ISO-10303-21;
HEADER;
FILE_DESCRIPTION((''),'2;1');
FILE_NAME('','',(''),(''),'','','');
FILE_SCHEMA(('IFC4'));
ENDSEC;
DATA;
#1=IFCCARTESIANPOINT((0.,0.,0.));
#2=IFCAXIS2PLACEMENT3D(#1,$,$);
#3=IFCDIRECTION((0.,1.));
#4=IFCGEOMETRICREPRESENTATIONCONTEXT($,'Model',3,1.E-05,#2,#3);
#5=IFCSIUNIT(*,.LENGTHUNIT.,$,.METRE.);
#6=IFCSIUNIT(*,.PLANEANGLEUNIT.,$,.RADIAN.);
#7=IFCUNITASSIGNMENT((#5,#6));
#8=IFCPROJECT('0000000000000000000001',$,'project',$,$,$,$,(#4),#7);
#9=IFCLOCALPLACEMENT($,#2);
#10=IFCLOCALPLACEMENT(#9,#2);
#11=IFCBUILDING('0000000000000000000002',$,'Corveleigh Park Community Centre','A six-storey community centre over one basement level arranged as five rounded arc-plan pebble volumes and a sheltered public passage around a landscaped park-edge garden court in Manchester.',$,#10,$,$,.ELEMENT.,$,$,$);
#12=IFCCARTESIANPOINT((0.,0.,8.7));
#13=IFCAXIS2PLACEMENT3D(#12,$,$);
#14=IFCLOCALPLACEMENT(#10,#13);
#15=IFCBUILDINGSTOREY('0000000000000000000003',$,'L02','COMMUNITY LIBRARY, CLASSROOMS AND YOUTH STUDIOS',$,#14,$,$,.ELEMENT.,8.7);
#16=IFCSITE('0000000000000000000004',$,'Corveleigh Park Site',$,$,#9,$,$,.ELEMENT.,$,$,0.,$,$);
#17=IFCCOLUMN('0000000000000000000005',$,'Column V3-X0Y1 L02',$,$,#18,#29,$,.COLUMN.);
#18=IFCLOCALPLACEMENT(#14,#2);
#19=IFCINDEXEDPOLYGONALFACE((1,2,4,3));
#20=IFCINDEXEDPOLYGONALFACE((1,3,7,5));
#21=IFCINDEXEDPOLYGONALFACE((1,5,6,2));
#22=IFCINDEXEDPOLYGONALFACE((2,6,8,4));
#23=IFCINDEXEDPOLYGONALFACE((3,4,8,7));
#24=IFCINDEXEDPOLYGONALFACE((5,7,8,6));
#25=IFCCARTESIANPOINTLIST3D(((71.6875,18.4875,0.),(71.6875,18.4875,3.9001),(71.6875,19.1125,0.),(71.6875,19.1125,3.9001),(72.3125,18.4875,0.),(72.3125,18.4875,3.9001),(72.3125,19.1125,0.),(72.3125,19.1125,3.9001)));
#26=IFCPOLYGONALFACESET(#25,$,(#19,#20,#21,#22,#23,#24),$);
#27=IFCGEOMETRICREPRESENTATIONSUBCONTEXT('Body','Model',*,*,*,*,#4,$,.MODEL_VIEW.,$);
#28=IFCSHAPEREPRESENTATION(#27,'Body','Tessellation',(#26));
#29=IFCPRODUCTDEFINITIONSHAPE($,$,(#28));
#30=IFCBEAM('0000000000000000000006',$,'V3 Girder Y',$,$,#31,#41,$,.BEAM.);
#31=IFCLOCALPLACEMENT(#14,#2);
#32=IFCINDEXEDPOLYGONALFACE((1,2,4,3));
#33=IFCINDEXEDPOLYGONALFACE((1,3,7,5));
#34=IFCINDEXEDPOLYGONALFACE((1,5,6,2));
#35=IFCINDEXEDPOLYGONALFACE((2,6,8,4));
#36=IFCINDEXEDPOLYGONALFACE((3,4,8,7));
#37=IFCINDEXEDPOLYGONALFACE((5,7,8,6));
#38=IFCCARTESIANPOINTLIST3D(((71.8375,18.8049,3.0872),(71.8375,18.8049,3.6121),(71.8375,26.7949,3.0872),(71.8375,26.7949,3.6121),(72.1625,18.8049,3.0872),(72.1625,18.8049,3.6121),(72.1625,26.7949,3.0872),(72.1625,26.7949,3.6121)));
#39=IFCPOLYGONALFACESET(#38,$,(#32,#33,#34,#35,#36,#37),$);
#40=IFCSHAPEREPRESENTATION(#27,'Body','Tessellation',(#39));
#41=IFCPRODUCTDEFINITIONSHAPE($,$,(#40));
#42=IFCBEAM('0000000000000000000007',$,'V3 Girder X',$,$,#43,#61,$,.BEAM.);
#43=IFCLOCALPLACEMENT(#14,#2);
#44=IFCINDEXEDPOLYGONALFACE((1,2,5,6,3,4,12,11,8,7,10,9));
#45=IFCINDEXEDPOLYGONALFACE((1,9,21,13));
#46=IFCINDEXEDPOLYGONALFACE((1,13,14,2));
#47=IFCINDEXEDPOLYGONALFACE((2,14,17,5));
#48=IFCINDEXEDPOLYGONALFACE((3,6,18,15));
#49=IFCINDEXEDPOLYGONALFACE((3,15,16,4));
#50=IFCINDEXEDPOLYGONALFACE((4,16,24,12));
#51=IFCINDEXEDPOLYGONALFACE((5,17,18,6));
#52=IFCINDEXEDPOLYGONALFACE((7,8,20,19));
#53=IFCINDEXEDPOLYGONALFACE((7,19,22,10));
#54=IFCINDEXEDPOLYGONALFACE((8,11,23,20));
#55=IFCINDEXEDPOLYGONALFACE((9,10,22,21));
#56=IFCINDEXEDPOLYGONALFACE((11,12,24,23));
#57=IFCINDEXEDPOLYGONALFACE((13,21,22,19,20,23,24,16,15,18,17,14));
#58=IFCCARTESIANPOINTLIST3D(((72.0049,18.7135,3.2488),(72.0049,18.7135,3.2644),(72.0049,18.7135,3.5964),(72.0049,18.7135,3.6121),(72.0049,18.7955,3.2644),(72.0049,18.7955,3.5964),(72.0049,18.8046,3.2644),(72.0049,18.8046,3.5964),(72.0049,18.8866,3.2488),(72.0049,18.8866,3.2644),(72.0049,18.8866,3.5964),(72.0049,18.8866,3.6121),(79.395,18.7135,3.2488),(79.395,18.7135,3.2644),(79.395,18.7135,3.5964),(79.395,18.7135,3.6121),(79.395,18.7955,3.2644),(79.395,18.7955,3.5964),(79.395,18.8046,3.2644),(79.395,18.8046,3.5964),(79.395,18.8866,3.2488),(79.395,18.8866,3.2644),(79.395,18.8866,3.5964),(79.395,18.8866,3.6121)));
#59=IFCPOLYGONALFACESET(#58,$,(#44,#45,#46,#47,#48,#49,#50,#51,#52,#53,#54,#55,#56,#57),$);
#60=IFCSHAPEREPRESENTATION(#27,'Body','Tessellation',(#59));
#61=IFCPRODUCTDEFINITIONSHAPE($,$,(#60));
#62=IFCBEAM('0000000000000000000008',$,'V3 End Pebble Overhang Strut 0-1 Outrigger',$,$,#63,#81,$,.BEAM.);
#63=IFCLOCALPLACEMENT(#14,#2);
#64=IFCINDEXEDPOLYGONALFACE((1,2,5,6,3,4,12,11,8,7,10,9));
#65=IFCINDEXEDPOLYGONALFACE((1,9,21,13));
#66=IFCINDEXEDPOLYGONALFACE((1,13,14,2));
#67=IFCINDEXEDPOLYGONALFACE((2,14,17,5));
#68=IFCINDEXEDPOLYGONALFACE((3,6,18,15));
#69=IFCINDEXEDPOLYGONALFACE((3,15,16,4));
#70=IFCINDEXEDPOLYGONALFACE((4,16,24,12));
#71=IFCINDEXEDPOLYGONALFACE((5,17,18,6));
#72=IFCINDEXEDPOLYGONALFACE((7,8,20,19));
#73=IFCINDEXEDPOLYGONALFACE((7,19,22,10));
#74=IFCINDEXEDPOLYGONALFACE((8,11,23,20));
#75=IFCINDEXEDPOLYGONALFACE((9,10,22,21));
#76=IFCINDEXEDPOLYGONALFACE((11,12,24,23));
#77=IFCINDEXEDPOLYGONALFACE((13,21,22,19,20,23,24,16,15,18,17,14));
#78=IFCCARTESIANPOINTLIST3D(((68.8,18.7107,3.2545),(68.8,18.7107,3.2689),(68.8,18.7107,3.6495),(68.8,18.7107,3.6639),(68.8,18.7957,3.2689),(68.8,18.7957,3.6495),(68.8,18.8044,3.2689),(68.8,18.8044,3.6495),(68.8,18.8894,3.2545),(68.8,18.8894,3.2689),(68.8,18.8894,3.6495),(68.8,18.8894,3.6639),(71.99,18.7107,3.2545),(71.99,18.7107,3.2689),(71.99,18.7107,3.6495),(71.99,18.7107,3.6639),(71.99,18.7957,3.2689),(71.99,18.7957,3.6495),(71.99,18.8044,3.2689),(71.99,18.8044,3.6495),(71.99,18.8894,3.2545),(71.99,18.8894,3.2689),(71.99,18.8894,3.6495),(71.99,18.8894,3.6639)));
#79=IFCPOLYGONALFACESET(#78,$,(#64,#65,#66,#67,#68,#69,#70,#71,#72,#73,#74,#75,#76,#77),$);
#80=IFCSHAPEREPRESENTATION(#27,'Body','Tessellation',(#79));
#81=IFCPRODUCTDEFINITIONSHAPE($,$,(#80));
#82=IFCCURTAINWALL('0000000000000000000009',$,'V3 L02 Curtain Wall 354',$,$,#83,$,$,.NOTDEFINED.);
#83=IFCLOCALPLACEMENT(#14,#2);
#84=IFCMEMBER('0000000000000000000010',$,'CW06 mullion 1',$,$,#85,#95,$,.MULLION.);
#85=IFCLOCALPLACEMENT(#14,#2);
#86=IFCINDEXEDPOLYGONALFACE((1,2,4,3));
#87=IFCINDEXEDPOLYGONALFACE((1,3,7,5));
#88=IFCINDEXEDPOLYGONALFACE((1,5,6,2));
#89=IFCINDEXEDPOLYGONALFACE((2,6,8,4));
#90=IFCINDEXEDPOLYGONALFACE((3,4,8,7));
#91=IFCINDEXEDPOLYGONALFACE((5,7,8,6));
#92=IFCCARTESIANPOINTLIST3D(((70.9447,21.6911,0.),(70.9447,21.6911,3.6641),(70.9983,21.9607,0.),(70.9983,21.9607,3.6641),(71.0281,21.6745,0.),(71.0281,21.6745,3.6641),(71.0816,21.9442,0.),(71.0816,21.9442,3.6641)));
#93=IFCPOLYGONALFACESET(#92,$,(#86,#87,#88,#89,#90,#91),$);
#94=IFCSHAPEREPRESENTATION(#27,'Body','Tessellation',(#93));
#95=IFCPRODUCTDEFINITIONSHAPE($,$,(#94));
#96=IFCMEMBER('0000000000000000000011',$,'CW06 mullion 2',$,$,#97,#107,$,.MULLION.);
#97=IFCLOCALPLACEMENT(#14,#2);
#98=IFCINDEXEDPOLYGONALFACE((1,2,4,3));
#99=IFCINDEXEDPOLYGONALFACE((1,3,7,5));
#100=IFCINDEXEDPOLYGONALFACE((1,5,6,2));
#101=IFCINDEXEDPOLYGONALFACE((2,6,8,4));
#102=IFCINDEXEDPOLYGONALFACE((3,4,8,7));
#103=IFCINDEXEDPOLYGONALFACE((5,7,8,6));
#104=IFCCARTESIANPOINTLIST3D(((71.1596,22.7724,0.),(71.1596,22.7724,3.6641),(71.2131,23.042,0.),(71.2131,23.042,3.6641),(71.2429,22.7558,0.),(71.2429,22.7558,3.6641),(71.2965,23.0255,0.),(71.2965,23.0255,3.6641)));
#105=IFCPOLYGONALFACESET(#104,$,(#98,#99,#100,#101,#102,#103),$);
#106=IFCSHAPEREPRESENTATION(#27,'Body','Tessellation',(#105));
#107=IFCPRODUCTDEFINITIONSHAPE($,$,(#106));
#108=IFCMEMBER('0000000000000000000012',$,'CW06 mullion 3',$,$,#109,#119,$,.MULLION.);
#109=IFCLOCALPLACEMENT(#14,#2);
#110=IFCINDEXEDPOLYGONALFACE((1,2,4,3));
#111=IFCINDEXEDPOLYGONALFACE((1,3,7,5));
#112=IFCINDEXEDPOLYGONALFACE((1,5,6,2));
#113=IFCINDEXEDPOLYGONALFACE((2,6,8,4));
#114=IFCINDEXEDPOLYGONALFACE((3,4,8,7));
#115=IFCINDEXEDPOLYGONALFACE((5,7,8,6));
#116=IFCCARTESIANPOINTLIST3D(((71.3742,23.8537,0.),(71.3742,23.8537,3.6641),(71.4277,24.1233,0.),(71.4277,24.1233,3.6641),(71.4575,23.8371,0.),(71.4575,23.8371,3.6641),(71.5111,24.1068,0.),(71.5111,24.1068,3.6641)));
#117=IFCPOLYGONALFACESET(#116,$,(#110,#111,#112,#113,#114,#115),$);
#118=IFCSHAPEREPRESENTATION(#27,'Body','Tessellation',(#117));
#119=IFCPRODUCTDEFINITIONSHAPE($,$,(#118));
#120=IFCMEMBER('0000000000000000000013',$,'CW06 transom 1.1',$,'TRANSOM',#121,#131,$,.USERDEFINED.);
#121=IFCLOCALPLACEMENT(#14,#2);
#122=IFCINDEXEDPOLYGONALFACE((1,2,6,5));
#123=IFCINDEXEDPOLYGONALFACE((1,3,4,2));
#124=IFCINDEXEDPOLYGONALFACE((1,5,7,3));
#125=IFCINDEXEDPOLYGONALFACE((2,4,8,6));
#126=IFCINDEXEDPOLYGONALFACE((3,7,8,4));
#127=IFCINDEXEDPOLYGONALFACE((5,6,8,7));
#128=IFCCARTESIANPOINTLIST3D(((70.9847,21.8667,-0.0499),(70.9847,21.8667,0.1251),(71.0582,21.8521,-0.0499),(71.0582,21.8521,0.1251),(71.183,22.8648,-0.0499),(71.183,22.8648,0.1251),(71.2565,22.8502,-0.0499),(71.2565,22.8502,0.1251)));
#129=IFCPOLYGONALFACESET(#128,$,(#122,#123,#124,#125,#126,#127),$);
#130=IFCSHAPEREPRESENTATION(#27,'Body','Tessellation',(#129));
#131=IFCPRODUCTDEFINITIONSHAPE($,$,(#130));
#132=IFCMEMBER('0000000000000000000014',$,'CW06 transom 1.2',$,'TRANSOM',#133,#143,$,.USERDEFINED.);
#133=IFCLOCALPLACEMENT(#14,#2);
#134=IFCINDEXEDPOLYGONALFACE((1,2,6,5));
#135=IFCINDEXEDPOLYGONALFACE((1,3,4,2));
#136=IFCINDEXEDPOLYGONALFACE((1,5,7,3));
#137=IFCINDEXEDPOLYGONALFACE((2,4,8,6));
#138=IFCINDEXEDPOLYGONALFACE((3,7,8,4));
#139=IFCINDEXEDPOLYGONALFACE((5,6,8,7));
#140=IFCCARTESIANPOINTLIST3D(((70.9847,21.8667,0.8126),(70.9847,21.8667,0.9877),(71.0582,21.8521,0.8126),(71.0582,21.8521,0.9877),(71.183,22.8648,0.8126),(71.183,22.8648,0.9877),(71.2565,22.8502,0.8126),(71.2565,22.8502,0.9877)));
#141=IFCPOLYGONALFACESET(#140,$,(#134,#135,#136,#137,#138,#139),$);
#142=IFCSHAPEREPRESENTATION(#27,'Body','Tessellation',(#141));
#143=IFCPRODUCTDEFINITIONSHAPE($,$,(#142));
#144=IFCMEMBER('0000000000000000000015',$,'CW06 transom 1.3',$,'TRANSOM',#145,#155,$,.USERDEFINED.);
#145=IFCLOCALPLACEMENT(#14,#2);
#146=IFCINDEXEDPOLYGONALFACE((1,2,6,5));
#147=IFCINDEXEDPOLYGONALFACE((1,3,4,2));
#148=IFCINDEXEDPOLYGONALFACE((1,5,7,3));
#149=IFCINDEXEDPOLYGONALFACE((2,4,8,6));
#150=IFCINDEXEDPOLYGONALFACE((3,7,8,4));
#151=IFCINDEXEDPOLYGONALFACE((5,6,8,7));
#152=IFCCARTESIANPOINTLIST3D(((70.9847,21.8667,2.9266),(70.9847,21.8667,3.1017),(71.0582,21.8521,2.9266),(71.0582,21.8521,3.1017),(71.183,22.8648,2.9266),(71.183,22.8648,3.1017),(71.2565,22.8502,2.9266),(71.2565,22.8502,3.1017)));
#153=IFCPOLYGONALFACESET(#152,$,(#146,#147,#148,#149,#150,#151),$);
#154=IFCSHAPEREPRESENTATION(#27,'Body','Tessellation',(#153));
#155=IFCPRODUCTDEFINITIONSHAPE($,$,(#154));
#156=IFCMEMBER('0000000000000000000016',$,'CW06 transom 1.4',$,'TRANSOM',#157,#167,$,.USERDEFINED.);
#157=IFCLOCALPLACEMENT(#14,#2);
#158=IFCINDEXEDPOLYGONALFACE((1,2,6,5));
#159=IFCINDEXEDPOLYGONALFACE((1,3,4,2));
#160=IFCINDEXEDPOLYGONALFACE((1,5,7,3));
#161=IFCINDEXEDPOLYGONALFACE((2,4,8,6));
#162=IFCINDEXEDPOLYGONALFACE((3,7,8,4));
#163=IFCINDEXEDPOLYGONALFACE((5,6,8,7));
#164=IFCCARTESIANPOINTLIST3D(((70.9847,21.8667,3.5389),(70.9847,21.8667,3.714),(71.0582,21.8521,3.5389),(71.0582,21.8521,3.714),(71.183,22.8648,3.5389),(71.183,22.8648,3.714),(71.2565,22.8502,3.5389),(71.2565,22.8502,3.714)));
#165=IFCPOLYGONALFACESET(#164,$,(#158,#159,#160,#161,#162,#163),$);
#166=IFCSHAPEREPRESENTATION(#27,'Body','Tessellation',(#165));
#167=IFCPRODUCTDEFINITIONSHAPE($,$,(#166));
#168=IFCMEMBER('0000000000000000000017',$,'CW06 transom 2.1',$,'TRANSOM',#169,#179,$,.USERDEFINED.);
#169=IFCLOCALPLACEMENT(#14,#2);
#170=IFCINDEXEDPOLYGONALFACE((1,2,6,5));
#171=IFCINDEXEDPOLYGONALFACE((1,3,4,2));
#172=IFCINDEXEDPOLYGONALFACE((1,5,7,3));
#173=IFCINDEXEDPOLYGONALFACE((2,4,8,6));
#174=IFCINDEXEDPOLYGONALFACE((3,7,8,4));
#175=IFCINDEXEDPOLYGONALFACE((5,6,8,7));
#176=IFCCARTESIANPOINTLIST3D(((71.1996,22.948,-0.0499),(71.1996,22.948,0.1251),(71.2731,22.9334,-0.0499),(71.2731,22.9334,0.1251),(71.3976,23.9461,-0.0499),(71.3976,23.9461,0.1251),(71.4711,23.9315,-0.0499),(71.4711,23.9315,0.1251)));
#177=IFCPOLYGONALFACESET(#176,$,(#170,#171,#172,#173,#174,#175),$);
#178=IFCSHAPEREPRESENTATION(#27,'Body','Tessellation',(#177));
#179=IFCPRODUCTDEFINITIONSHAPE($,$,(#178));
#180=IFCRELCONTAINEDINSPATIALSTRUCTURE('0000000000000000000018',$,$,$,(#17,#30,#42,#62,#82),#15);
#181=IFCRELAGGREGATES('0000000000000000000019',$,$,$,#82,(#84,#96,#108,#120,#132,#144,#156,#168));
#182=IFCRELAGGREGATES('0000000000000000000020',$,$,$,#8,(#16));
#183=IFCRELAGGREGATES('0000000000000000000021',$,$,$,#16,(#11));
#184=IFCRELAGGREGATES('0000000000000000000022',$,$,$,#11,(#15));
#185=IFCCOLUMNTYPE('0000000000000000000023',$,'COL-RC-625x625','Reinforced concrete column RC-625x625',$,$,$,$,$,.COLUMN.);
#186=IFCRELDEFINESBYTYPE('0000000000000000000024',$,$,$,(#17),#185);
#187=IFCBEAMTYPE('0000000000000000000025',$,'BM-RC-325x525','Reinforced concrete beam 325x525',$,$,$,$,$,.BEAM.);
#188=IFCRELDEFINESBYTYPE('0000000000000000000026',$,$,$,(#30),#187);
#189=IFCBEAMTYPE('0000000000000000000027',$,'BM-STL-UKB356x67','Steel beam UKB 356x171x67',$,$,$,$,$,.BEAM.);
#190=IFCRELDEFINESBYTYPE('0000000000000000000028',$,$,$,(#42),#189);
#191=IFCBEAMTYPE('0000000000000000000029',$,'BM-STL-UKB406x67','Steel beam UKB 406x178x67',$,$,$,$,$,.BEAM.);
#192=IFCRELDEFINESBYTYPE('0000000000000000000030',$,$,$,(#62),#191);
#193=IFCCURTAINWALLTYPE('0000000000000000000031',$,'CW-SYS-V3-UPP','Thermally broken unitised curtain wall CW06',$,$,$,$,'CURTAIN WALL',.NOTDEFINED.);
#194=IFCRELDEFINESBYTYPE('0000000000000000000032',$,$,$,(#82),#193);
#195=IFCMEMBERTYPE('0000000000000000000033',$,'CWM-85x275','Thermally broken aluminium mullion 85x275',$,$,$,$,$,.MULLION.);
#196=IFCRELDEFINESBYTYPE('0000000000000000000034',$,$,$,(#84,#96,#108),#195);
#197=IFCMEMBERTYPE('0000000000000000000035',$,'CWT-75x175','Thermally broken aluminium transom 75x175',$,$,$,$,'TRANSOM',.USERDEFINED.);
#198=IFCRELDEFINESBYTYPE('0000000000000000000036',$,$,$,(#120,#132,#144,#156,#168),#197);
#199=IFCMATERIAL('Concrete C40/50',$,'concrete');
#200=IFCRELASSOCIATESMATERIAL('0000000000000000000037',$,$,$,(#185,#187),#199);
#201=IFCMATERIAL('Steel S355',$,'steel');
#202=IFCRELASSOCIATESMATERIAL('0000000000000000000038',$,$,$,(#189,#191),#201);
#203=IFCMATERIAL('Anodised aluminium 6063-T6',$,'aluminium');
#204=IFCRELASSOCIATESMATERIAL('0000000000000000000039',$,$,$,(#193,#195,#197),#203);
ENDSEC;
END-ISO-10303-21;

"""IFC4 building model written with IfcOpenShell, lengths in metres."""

from ifc_helpers import new_model, si_unit, direction, frame, origin, origin_2d, place, context, subcontext, project, spatial, rectangle, i_section, extrude, material, material_profile, profile_set, type_object, element, aggregate, save


model = new_model("IFC4")

# Units and contexts
model_context = context("Model", 3, precision=1e-05, world=origin(), true_north=direction((0.0, 1.0)))
body_context = subcontext(model_context, "Body", "Model", "MODEL_VIEW")
ifc_project = project(units=[si_unit("LENGTHUNIT", "METRE"), si_unit("PLANEANGLEUNIT", "RADIAN")], contexts=[model_context])

# Site, building, storey
site_placement = place(None, origin())
site = spatial("IfcSite", under=ifc_project, at=site_placement, Name="Corveleigh Park Site", CompositionType="ELEMENT", RefElevation=0.0)
building_placement = place(site_placement, origin())
building = spatial("IfcBuilding", under=site, at=building_placement, Name="Corveleigh Park Community Centre", Description="A six-storey community centre over one basement level arranged as five rounded arc-plan pebble volumes and a sheltered public passage around a landscaped park-edge garden court in Manchester.", CompositionType="ELEMENT")
storey_placement = place(building_placement, frame((0.0, 0.0, 8.7)))
storey = spatial("IfcBuildingStorey", under=building, at=storey_placement, Name="L02", Description="COMMUNITY LIBRARY, CLASSROOMS AND YOUTH STUDIOS", CompositionType="ELEMENT", Elevation=8.7)

# Column
ifc_material_1 = material(Name="Concrete C40/50", Category="concrete")
ifc_material_profile_1 = material_profile(ifc_material_1, rectangle(XDim=0.625, YDim=0.625, at=origin_2d()), Name="RC-625x625", Category="concrete")
ifc_profile_set_1 = profile_set([ifc_material_profile_1], Name="Concrete C40/50")
column_type = type_object("IfcColumnType", Name="COL-RC-625x625", Description="Reinforced concrete column RC-625x625", PredefinedType="COLUMN", material=ifc_profile_set_1)
column_placement = place(storey_placement, frame((72.0, 18.8, 0.0), z_axis=(0.0, 0.0, 1.0), x_axis=(1.0, 0.0, 0.0)))
element("IfcColumn", 1, at=column_placement, inside=storey, type_object=column_type, Name="Column V3-X0Y1 L02", PredefinedType="COLUMN", context=body_context, shape_type="SweptSolid", body=[
    extrude(rectangle(XDim=0.625, YDim=0.625, at=origin_2d()), origin(), (0.0, 0.0, 1.0), 3.9001),
])

# Beams
ifc_material_profile_2 = material_profile(ifc_material_1, rectangle(XDim=0.325, YDim=0.5249, at=origin_2d()), Name="RC-325x525", Category="concrete")
ifc_profile_set_2 = profile_set([ifc_material_profile_2], Name="Concrete C40/50")
beam_type_1 = type_object("IfcBeamType", Name="BM-RC-325x525", Description="Reinforced concrete beam 325x525", PredefinedType="BEAM", material=ifc_profile_set_2)
beam_1_placement = place(storey_placement, frame((72.0, 18.8049, 3.3496), z_axis=(0.0, 1.0, 0.0), x_axis=(-1.0, 0.0, 0.0)))
element("IfcBeam", 2, at=beam_1_placement, inside=storey, type_object=beam_type_1, Name="V3 Girder Y", PredefinedType="BEAM", context=body_context, shape_type="SweptSolid", body=[
    extrude(rectangle(XDim=0.325, YDim=0.5249, at=origin_2d()), origin(), (0.0, 0.0, 1.0), 7.99),
])
ifc_material_2 = material(Name="Steel S355", Category="steel")
ifc_material_profile_3 = material_profile(ifc_material_2, i_section(OverallWidth=0.1731, OverallDepth=0.3633, WebThickness=0.009, FlangeThickness=0.0156, at=origin_2d()), Name="UKB 356x171x67", Category="steel")
ifc_profile_set_3 = profile_set([ifc_material_profile_3], Name="Steel S355")
beam_type_2 = type_object("IfcBeamType", Name="BM-STL-UKB356x67", Description="Steel beam UKB 356x171x67", PredefinedType="BEAM", material=ifc_profile_set_3)
beam_2_placement = place(storey_placement, frame((72.0049, 18.8, 3.4304), z_axis=(1.0, 0.0, 0.0), x_axis=(0.0, 1.0, 0.0)))
element("IfcBeam", 3, at=beam_2_placement, inside=storey, type_object=beam_type_2, Name="V3 Girder X", PredefinedType="BEAM", context=body_context, shape_type="SweptSolid", body=[
    extrude(i_section(OverallWidth=0.1731, OverallDepth=0.3633, WebThickness=0.009, FlangeThickness=0.0156, at=origin_2d()), origin(), (0.0, 0.0, 1.0), 7.3901),
])
ifc_material_profile_4 = material_profile(ifc_material_2, i_section(OverallWidth=0.1787, OverallDepth=0.4094, WebThickness=0.0088, FlangeThickness=0.0144, at=origin_2d()), Name="UKB 406x178x67", Category="steel")
ifc_profile_set_4 = profile_set([ifc_material_profile_4], Name="Steel S355")
beam_type_3 = type_object("IfcBeamType", Name="BM-STL-UKB406x67", Description="Steel beam UKB 406x178x67", PredefinedType="BEAM", material=ifc_profile_set_4)
beam_3_placement = place(storey_placement, frame((71.99, 18.8, 3.4592), z_axis=(-1.0, 0.0, 0.0), x_axis=(0.0, -1.0, 0.0)))
element("IfcBeam", 4, at=beam_3_placement, inside=storey, type_object=beam_type_3, Name="V3 End Pebble Overhang Strut 0-1 Outrigger", PredefinedType="BEAM", context=body_context, shape_type="SweptSolid", body=[
    extrude(i_section(OverallWidth=0.1787, OverallDepth=0.4094, WebThickness=0.0088, FlangeThickness=0.0144, at=origin_2d()), origin(), (0.0, 0.0, 1.0), 3.1899),
])

# Curtain wall, members
ifc_material_3 = material(Name="Anodised aluminium 6063-T6", Category="aluminium")
curtain_wall_type = type_object("IfcCurtainWallType", Name="CW-SYS-V3-UPP", Description="Thermally broken unitised curtain wall CW06", ElementType="CURTAIN WALL", PredefinedType="NOTDEFINED", material=ifc_material_3)
curtain_wall_placement = place(storey_placement, origin())
curtain_wall = element("IfcCurtainWall", 5, at=curtain_wall_placement, inside=storey, type_object=curtain_wall_type, Name="V3 L02 Curtain Wall 354", PredefinedType="NOTDEFINED")
ifc_material_profile_5 = material_profile(ifc_material_3, rectangle(XDim=0.085, YDim=0.2749, at=origin_2d()), Name="ALU-M85x275", Category="aluminium")
ifc_profile_set_5 = profile_set([ifc_material_profile_5], Name="Anodised aluminium 6063-T6")
member_type_1 = type_object("IfcMemberType", Name="CWM-85x275", Description="Thermally broken aluminium mullion 85x275", PredefinedType="MULLION", material=ifc_profile_set_5)
member_1_placement = place(storey_placement, frame((71.0132, 21.8176, 0.0), z_axis=(0.0, 0.0, 1.0), x_axis=(-0.980848, 0.194772, 0.0)))
member_1 = element("IfcMember", 6, at=member_1_placement, type_object=member_type_1, Name="CW06 mullion 1", PredefinedType="MULLION", context=body_context, shape_type="SweptSolid", body=[
    extrude(rectangle(XDim=0.085, YDim=0.2749, at=origin_2d()), origin(), (0.0, 0.0, 1.0), 3.6641),
])
member_2_placement = place(storey_placement, frame((71.228, 22.8989, 0.0), z_axis=(0.0, 0.0, 1.0), x_axis=(-0.980848, 0.194772, 0.0)))
member_2 = element("IfcMember", 7, at=member_2_placement, type_object=member_type_1, Name="CW06 mullion 2", PredefinedType="MULLION", context=body_context, shape_type="SweptSolid", body=[
    extrude(rectangle(XDim=0.085, YDim=0.2749, at=origin_2d()), origin(), (0.0, 0.0, 1.0), 3.6641),
])
member_3_placement = place(storey_placement, frame((71.4426, 23.9802, 0.0), z_axis=(0.0, 0.0, 1.0), x_axis=(-0.980848, 0.194772, 0.0)))
member_3 = element("IfcMember", 8, at=member_3_placement, type_object=member_type_1, Name="CW06 mullion 3", PredefinedType="MULLION", context=body_context, shape_type="SweptSolid", body=[
    extrude(rectangle(XDim=0.085, YDim=0.2749, at=origin_2d()), origin(), (0.0, 0.0, 1.0), 3.6641),
])
ifc_material_profile_6 = material_profile(ifc_material_3, rectangle(XDim=0.075, YDim=0.175, at=origin_2d()), Name="ALU-T75x175", Category="aluminium")
ifc_profile_set_6 = profile_set([ifc_material_profile_6], Name="Anodised aluminium 6063-T6")
member_type_2 = type_object("IfcMemberType", Name="CWT-75x175", Description="Thermally broken aluminium transom 75x175", ElementType="TRANSOM", PredefinedType="USERDEFINED", material=ifc_profile_set_6)
member_4_placement = place(storey_placement, frame((71.0215, 21.8594, 0.0376), z_axis=(0.194824, 0.980838, 0.0), x_axis=(-0.980838, 0.194824, 0.0)))
member_4 = element("IfcMember", 9, at=member_4_placement, type_object=member_type_2, Name="CW06 transom 1.1", ObjectType="TRANSOM", PredefinedType="USERDEFINED", context=body_context, shape_type="SweptSolid", body=[
    extrude(rectangle(XDim=0.075, YDim=0.175, at=origin_2d()), origin(), (0.0, 0.0, 1.0), 1.0176),
])
member_5_placement = place(storey_placement, frame((71.0215, 21.8594, 0.9001), z_axis=(0.194824, 0.980838, 0.0), x_axis=(-0.980838, 0.194824, 0.0)))
member_5 = element("IfcMember", 10, at=member_5_placement, type_object=member_type_2, Name="CW06 transom 1.2", ObjectType="TRANSOM", PredefinedType="USERDEFINED", context=body_context, shape_type="SweptSolid", body=[
    extrude(rectangle(XDim=0.075, YDim=0.175, at=origin_2d()), origin(), (0.0, 0.0, 1.0), 1.0176),
])
member_6_placement = place(storey_placement, frame((71.0215, 21.8594, 3.0142), z_axis=(0.194824, 0.980838, 0.0), x_axis=(-0.980838, 0.194824, 0.0)))
member_6 = element("IfcMember", 11, at=member_6_placement, type_object=member_type_2, Name="CW06 transom 1.3", ObjectType="TRANSOM", PredefinedType="USERDEFINED", context=body_context, shape_type="SweptSolid", body=[
    extrude(rectangle(XDim=0.075, YDim=0.175, at=origin_2d()), origin(), (0.0, 0.0, 1.0), 1.0176),
])
member_7_placement = place(storey_placement, frame((71.0215, 21.8594, 3.6265), z_axis=(0.194824, 0.980838, 0.0), x_axis=(-0.980838, 0.194824, 0.0)))
member_7 = element("IfcMember", 12, at=member_7_placement, type_object=member_type_2, Name="CW06 transom 1.4", ObjectType="TRANSOM", PredefinedType="USERDEFINED", context=body_context, shape_type="SweptSolid", body=[
    extrude(rectangle(XDim=0.075, YDim=0.175, at=origin_2d()), origin(), (0.0, 0.0, 1.0), 1.0176),
])
member_8_placement = place(storey_placement, frame((71.2363, 22.9407, 0.0376), z_axis=(0.194593, 0.980884, 0.0), x_axis=(-0.980884, 0.194593, 0.0)))
member_8 = element("IfcMember", 13, at=member_8_placement, type_object=member_type_2, Name="CW06 transom 2.1", ObjectType="TRANSOM", PredefinedType="USERDEFINED", context=body_context, shape_type="SweptSolid", body=[
    extrude(rectangle(XDim=0.075, YDim=0.175, at=origin_2d()), origin(), (0.0, 0.0, 1.0), 1.0176),
])

aggregate(curtain_wall, [member_1, member_2, member_3, member_4, member_5, member_6, member_7, member_8])

save(model, "model.ifc")
